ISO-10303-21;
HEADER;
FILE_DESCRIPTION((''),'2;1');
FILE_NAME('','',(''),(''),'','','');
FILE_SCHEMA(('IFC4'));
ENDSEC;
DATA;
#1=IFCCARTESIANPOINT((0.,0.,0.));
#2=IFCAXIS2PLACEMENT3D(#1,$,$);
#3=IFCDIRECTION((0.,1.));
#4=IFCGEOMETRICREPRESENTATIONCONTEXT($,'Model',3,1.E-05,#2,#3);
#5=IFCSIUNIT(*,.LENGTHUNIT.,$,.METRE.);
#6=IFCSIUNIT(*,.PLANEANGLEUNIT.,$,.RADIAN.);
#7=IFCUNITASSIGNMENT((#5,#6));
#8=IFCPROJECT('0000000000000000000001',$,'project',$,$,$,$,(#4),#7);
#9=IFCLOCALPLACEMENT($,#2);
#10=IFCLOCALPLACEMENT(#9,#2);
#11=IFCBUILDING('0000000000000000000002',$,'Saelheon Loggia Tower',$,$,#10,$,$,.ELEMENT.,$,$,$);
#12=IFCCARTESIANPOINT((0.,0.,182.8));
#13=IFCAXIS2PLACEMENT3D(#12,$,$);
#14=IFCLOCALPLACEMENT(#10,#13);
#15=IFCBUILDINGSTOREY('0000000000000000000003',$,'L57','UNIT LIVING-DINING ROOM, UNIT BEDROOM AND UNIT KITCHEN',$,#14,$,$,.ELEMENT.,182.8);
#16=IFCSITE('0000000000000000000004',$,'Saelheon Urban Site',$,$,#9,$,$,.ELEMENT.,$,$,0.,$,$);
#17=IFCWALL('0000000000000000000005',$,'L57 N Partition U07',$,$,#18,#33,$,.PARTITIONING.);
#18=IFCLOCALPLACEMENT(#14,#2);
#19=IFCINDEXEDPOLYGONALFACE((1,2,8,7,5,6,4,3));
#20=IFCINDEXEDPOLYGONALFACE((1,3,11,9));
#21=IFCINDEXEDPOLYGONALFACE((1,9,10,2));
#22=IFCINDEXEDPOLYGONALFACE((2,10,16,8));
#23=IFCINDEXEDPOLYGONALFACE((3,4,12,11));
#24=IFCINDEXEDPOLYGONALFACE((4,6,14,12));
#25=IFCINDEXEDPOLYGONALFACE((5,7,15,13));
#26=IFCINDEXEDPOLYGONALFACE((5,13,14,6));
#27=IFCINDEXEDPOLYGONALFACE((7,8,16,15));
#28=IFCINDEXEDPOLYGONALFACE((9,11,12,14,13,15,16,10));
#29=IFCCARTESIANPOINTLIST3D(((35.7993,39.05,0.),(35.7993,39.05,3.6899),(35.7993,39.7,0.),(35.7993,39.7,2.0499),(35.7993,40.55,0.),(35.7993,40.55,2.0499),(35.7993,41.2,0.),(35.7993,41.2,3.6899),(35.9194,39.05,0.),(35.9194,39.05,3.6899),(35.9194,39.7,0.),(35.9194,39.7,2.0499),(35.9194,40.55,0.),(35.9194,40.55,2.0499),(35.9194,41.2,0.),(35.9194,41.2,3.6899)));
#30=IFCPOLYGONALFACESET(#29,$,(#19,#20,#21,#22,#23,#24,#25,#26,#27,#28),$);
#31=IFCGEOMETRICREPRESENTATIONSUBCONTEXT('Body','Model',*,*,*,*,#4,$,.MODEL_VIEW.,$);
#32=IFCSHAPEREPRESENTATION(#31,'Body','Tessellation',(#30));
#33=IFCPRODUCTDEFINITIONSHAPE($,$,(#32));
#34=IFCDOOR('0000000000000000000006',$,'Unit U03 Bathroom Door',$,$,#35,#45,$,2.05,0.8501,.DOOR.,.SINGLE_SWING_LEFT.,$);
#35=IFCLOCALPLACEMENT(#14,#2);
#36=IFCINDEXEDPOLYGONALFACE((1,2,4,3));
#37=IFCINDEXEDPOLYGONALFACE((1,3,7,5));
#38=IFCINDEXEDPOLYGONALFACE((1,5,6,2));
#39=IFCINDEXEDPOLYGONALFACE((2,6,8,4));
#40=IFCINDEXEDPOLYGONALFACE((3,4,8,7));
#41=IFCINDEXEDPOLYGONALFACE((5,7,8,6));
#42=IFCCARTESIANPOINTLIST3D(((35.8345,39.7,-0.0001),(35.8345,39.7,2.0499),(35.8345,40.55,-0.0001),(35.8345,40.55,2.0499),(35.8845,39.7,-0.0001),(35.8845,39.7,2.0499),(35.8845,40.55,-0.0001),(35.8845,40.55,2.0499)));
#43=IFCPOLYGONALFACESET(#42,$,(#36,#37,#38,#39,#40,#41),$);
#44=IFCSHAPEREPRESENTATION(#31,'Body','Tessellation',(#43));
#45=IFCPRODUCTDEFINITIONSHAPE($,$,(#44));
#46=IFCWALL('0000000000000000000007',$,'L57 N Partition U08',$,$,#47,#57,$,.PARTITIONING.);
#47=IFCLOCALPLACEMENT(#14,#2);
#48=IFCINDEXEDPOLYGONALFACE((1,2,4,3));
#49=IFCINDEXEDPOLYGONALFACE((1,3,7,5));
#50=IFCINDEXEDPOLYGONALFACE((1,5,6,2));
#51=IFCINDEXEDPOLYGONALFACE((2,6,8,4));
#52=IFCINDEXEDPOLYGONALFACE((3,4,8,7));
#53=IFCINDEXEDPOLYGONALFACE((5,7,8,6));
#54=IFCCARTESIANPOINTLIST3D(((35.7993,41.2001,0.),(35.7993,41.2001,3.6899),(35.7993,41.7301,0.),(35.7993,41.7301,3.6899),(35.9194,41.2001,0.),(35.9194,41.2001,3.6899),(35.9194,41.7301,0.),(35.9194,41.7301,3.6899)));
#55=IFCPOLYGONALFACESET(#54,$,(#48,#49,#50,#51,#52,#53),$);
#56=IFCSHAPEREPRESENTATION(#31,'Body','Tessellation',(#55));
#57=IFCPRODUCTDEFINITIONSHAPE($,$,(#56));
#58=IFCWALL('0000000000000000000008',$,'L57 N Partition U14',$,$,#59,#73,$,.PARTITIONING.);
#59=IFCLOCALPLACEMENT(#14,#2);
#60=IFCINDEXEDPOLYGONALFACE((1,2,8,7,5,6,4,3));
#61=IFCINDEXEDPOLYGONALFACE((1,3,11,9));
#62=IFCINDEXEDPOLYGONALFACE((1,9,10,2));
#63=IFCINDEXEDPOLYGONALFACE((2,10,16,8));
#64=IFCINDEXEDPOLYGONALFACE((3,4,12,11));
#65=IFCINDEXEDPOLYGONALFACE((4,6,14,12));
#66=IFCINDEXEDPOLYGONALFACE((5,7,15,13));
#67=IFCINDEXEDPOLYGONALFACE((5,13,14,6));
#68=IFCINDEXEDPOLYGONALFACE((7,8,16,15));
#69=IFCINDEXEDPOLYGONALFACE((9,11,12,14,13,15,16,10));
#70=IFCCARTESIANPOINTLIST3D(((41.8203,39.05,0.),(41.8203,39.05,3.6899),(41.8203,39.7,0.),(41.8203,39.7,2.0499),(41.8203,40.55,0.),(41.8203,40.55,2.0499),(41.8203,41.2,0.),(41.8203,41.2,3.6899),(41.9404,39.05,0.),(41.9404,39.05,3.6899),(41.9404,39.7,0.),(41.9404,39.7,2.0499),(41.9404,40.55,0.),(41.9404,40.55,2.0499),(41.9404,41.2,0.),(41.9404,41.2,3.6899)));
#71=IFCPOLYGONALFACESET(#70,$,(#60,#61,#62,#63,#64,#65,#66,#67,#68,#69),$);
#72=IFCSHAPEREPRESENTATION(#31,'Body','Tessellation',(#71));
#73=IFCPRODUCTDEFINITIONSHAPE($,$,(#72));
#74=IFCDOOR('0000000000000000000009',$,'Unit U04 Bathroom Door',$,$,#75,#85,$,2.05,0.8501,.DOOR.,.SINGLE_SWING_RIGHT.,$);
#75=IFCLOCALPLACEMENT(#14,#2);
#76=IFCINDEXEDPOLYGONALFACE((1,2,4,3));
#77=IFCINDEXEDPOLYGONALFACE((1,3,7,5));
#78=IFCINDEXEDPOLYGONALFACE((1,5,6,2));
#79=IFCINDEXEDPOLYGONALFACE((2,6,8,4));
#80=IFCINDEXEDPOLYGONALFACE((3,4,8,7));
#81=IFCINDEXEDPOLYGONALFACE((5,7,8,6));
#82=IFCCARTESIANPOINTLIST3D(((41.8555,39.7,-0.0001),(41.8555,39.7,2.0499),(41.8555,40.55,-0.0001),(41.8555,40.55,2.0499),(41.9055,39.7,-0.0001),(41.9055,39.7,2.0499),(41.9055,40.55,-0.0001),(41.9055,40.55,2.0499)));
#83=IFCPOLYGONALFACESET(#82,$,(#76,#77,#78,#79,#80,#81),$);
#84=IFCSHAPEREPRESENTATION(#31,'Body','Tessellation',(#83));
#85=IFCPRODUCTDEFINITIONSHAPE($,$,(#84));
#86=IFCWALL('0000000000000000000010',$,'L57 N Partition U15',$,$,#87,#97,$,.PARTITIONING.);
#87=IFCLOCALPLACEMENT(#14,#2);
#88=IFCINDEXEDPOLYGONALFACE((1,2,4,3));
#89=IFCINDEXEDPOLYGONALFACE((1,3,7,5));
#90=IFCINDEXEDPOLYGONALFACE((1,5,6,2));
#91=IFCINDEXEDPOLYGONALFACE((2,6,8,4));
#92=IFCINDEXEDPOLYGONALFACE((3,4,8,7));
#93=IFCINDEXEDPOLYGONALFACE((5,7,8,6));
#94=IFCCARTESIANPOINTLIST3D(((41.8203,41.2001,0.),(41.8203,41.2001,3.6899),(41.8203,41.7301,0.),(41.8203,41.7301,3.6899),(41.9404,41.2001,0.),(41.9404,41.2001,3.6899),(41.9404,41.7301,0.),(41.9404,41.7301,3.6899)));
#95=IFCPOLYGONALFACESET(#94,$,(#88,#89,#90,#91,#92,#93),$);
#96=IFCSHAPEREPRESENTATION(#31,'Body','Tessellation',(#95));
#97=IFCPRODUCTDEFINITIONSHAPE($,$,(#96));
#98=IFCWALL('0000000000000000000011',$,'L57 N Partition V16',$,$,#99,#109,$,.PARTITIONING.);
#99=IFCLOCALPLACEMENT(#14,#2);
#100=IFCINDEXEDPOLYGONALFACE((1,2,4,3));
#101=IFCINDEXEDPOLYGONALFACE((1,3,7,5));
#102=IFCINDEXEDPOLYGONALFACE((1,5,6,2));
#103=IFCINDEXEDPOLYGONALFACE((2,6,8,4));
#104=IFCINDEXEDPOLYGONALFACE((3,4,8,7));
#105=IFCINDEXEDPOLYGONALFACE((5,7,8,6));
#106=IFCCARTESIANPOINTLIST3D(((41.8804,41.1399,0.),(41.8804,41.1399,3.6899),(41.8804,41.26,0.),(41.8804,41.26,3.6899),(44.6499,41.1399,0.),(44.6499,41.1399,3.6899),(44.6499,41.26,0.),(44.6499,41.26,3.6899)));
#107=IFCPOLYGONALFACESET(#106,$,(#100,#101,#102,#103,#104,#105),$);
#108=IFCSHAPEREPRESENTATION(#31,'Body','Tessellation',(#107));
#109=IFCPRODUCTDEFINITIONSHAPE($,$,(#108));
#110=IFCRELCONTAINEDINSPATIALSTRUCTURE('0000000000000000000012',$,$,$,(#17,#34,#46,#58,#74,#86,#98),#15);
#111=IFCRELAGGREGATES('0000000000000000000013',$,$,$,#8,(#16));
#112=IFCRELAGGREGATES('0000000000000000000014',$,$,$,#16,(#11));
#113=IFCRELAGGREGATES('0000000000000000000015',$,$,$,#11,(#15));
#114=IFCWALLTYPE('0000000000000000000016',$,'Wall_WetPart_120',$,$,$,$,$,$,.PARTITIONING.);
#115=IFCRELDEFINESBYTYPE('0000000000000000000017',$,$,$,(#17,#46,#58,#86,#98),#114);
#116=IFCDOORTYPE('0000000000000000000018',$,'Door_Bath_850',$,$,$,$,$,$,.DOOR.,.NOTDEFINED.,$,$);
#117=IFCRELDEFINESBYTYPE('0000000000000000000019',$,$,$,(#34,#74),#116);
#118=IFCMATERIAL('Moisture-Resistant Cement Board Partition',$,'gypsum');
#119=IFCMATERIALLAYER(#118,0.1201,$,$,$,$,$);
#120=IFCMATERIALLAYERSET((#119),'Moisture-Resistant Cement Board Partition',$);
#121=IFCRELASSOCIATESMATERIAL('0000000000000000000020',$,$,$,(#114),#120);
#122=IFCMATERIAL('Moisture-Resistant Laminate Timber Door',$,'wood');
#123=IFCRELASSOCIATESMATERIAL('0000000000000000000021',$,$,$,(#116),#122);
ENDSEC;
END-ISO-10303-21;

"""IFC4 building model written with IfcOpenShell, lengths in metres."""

from ifc_helpers import new_model, si_unit, direction, frame, frame_2d, origin, place, context, subcontext, project, spatial, rectangle, extrude, source, transform, mapped, material, layer, layer_set, type_object, element, fill, save


model = new_model("IFC4")

# Units and contexts
model_context = context("Model", 3, precision=1e-05, world=origin(), true_north=direction((0.0, 1.0)))
body_context = subcontext(model_context, "Body", "Model", "MODEL_VIEW")
ifc_project = project(units=[si_unit("LENGTHUNIT", "METRE"), si_unit("PLANEANGLEUNIT", "RADIAN")], contexts=[model_context])

# Site, building, storey
site_placement = place(None, origin())
site = spatial("IfcSite", under=ifc_project, at=site_placement, Name="Saelheon Urban Site", CompositionType="ELEMENT", RefElevation=0.0)
building_placement = place(site_placement, origin())
building = spatial("IfcBuilding", under=site, at=building_placement, Name="Saelheon Loggia Tower", CompositionType="ELEMENT")
storey_placement = place(building_placement, frame((0.0, 0.0, 182.8)))
storey = spatial("IfcBuildingStorey", under=building, at=storey_placement, Name="L57", Description="UNIT LIVING-DINING ROOM, UNIT BEDROOM AND UNIT KITCHEN", CompositionType="ELEMENT", Elevation=182.8)

# Wall, opening, door
ifc_material_1 = material(Name="Moisture-Resistant Cement Board Partition", Category="gypsum")
ifc_layer_1 = layer(ifc_material_1, 0.1201)
ifc_layer_set_1 = layer_set([ifc_layer_1], Name="Moisture-Resistant Cement Board Partition")
wall_type_1 = type_object("IfcWallType", Name="Wall_WetPart_120", PredefinedType="PARTITIONING", material=ifc_layer_set_1)
wall_1_placement = place(storey_placement, frame((35.8594, 39.05, 0.0), z_axis=(0.0, 0.0, 1.0), x_axis=(0.0, 1.0, 0.0)))
wall_1 = element("IfcWall", 1, at=wall_1_placement, inside=storey, type_object=wall_type_1, Name="L57 N Partition U07", PredefinedType="PARTITIONING", context=body_context, shape_type="SweptSolid", body=[
    extrude(rectangle(XDim=2.1499, YDim=0.1201, at=frame_2d((1.075, 0.0))), origin(), (0.0, 0.0, 1.0), 3.6899),
])
opening_1_placement = place(wall_1_placement, frame((0.6499, 0.0, 0.0)))
opening_1 = element("IfcOpeningElement", 2, at=opening_1_placement, cuts=wall_1, PredefinedType="OPENING", context=body_context, shape_type="SweptSolid", body=[
    extrude(rectangle(XDim=0.8501, YDim=2.05, at=frame_2d((0.425, 1.0249))), frame((0.0, 0.072, 0.0), z_axis=(0.0, -1.0, 0.0), x_axis=(1.0, 0.0, 0.0)), (0.0, 0.0, 1.0), 0.144),
])
ifc_material_2 = material(Name="Moisture-Resistant Laminate Timber Door", Category="wood")
door_type_1 = type_object("IfcDoorType", Name="Door_Bath_850", OperationType="NOTDEFINED", PredefinedType="DOOR", material=ifc_material_2)
shared_shape_1 = source(origin(), body_context, "Body", "SweptSolid", [
    extrude(rectangle(XDim=0.8501, YDim=2.05, at=frame_2d((0.425, 1.0249))), frame((0.0, 0.0249, 0.0), z_axis=(0.0, -1.0, 0.0), x_axis=(1.0, 0.0, 0.0)), (0.0, 0.0, 1.0), 0.05),
])
door_1_placement = place(opening_1_placement, origin())
door_1 = element("IfcDoor", 3, at=door_1_placement, inside=storey, type_object=door_type_1, Name="Unit U03 Bathroom Door", OperationType="SINGLE_SWING_LEFT", OverallHeight=2.05, OverallWidth=0.8501, PredefinedType="DOOR", context=body_context, shape_type="MappedRepresentation", body=[
    mapped(shared_shape_1, transform((0.0, 0.0, 0.0), scale=1.0)),
])
fill(opening_1, door_1)

# Wall
wall_2_placement = place(storey_placement, frame((35.8594, 41.2, 0.0), z_axis=(0.0, 0.0, 1.0), x_axis=(0.0, 1.0, 0.0)))
element("IfcWall", 4, at=wall_2_placement, inside=storey, type_object=wall_type_1, Name="L57 N Partition U08", PredefinedType="PARTITIONING", context=body_context, shape_type="SweptSolid", body=[
    extrude(rectangle(XDim=0.53, YDim=0.1201, at=frame_2d((0.2651, 0.0))), origin(), (0.0, 0.0, 1.0), 3.6899),
])

# Wall, opening, door
wall_3_placement = place(storey_placement, frame((41.8804, 39.05, 0.0), z_axis=(0.0, 0.0, 1.0), x_axis=(0.0, 1.0, 0.0)))
wall_3 = element("IfcWall", 5, at=wall_3_placement, inside=storey, type_object=wall_type_1, Name="L57 N Partition U14", PredefinedType="PARTITIONING", context=body_context, shape_type="SweptSolid", body=[
    extrude(rectangle(XDim=2.1499, YDim=0.1201, at=frame_2d((1.075, 0.0))), origin(), (0.0, 0.0, 1.0), 3.6899),
])
opening_2_placement = place(wall_3_placement, frame((0.6499, 0.0, 0.0)))
opening_2 = element("IfcOpeningElement", 6, at=opening_2_placement, cuts=wall_3, PredefinedType="OPENING", context=body_context, shape_type="SweptSolid", body=[
    extrude(rectangle(XDim=0.8501, YDim=2.05, at=frame_2d((0.425, 1.0249))), frame((0.0, 0.072, 0.0), z_axis=(0.0, -1.0, 0.0), x_axis=(1.0, 0.0, 0.0)), (0.0, 0.0, 1.0), 0.144),
])
door_2_placement = place(opening_2_placement, origin())
door_2 = element("IfcDoor", 7, at=door_2_placement, inside=storey, type_object=door_type_1, Name="Unit U04 Bathroom Door", OperationType="SINGLE_SWING_RIGHT", OverallHeight=2.05, OverallWidth=0.8501, PredefinedType="DOOR", context=body_context, shape_type="MappedRepresentation", body=[
    mapped(shared_shape_1, transform((0.0, 0.0, 0.0), scale=1.0)),
])
fill(opening_2, door_2)

# Walls
wall_4_placement = place(storey_placement, frame((41.8804, 41.2, 0.0), z_axis=(0.0, 0.0, 1.0), x_axis=(0.0, 1.0, 0.0)))
element("IfcWall", 8, at=wall_4_placement, inside=storey, type_object=wall_type_1, Name="L57 N Partition U15", PredefinedType="PARTITIONING", context=body_context, shape_type="SweptSolid", body=[
    extrude(rectangle(XDim=0.53, YDim=0.1201, at=frame_2d((0.2651, 0.0))), origin(), (0.0, 0.0, 1.0), 3.6899),
])
wall_5_placement = place(storey_placement, frame((41.8804, 41.2, 0.0), z_axis=(0.0, 0.0, 1.0), x_axis=(1.0, 0.0, 0.0)))
element("IfcWall", 9, at=wall_5_placement, inside=storey, type_object=wall_type_1, Name="L57 N Partition V16", PredefinedType="PARTITIONING", context=body_context, shape_type="SweptSolid", body=[
    extrude(rectangle(XDim=2.7695, YDim=0.1201, at=frame_2d((1.3848, 0.0))), origin(), (0.0, 0.0, 1.0), 3.6899),
])

save(model, "model.ifc")
